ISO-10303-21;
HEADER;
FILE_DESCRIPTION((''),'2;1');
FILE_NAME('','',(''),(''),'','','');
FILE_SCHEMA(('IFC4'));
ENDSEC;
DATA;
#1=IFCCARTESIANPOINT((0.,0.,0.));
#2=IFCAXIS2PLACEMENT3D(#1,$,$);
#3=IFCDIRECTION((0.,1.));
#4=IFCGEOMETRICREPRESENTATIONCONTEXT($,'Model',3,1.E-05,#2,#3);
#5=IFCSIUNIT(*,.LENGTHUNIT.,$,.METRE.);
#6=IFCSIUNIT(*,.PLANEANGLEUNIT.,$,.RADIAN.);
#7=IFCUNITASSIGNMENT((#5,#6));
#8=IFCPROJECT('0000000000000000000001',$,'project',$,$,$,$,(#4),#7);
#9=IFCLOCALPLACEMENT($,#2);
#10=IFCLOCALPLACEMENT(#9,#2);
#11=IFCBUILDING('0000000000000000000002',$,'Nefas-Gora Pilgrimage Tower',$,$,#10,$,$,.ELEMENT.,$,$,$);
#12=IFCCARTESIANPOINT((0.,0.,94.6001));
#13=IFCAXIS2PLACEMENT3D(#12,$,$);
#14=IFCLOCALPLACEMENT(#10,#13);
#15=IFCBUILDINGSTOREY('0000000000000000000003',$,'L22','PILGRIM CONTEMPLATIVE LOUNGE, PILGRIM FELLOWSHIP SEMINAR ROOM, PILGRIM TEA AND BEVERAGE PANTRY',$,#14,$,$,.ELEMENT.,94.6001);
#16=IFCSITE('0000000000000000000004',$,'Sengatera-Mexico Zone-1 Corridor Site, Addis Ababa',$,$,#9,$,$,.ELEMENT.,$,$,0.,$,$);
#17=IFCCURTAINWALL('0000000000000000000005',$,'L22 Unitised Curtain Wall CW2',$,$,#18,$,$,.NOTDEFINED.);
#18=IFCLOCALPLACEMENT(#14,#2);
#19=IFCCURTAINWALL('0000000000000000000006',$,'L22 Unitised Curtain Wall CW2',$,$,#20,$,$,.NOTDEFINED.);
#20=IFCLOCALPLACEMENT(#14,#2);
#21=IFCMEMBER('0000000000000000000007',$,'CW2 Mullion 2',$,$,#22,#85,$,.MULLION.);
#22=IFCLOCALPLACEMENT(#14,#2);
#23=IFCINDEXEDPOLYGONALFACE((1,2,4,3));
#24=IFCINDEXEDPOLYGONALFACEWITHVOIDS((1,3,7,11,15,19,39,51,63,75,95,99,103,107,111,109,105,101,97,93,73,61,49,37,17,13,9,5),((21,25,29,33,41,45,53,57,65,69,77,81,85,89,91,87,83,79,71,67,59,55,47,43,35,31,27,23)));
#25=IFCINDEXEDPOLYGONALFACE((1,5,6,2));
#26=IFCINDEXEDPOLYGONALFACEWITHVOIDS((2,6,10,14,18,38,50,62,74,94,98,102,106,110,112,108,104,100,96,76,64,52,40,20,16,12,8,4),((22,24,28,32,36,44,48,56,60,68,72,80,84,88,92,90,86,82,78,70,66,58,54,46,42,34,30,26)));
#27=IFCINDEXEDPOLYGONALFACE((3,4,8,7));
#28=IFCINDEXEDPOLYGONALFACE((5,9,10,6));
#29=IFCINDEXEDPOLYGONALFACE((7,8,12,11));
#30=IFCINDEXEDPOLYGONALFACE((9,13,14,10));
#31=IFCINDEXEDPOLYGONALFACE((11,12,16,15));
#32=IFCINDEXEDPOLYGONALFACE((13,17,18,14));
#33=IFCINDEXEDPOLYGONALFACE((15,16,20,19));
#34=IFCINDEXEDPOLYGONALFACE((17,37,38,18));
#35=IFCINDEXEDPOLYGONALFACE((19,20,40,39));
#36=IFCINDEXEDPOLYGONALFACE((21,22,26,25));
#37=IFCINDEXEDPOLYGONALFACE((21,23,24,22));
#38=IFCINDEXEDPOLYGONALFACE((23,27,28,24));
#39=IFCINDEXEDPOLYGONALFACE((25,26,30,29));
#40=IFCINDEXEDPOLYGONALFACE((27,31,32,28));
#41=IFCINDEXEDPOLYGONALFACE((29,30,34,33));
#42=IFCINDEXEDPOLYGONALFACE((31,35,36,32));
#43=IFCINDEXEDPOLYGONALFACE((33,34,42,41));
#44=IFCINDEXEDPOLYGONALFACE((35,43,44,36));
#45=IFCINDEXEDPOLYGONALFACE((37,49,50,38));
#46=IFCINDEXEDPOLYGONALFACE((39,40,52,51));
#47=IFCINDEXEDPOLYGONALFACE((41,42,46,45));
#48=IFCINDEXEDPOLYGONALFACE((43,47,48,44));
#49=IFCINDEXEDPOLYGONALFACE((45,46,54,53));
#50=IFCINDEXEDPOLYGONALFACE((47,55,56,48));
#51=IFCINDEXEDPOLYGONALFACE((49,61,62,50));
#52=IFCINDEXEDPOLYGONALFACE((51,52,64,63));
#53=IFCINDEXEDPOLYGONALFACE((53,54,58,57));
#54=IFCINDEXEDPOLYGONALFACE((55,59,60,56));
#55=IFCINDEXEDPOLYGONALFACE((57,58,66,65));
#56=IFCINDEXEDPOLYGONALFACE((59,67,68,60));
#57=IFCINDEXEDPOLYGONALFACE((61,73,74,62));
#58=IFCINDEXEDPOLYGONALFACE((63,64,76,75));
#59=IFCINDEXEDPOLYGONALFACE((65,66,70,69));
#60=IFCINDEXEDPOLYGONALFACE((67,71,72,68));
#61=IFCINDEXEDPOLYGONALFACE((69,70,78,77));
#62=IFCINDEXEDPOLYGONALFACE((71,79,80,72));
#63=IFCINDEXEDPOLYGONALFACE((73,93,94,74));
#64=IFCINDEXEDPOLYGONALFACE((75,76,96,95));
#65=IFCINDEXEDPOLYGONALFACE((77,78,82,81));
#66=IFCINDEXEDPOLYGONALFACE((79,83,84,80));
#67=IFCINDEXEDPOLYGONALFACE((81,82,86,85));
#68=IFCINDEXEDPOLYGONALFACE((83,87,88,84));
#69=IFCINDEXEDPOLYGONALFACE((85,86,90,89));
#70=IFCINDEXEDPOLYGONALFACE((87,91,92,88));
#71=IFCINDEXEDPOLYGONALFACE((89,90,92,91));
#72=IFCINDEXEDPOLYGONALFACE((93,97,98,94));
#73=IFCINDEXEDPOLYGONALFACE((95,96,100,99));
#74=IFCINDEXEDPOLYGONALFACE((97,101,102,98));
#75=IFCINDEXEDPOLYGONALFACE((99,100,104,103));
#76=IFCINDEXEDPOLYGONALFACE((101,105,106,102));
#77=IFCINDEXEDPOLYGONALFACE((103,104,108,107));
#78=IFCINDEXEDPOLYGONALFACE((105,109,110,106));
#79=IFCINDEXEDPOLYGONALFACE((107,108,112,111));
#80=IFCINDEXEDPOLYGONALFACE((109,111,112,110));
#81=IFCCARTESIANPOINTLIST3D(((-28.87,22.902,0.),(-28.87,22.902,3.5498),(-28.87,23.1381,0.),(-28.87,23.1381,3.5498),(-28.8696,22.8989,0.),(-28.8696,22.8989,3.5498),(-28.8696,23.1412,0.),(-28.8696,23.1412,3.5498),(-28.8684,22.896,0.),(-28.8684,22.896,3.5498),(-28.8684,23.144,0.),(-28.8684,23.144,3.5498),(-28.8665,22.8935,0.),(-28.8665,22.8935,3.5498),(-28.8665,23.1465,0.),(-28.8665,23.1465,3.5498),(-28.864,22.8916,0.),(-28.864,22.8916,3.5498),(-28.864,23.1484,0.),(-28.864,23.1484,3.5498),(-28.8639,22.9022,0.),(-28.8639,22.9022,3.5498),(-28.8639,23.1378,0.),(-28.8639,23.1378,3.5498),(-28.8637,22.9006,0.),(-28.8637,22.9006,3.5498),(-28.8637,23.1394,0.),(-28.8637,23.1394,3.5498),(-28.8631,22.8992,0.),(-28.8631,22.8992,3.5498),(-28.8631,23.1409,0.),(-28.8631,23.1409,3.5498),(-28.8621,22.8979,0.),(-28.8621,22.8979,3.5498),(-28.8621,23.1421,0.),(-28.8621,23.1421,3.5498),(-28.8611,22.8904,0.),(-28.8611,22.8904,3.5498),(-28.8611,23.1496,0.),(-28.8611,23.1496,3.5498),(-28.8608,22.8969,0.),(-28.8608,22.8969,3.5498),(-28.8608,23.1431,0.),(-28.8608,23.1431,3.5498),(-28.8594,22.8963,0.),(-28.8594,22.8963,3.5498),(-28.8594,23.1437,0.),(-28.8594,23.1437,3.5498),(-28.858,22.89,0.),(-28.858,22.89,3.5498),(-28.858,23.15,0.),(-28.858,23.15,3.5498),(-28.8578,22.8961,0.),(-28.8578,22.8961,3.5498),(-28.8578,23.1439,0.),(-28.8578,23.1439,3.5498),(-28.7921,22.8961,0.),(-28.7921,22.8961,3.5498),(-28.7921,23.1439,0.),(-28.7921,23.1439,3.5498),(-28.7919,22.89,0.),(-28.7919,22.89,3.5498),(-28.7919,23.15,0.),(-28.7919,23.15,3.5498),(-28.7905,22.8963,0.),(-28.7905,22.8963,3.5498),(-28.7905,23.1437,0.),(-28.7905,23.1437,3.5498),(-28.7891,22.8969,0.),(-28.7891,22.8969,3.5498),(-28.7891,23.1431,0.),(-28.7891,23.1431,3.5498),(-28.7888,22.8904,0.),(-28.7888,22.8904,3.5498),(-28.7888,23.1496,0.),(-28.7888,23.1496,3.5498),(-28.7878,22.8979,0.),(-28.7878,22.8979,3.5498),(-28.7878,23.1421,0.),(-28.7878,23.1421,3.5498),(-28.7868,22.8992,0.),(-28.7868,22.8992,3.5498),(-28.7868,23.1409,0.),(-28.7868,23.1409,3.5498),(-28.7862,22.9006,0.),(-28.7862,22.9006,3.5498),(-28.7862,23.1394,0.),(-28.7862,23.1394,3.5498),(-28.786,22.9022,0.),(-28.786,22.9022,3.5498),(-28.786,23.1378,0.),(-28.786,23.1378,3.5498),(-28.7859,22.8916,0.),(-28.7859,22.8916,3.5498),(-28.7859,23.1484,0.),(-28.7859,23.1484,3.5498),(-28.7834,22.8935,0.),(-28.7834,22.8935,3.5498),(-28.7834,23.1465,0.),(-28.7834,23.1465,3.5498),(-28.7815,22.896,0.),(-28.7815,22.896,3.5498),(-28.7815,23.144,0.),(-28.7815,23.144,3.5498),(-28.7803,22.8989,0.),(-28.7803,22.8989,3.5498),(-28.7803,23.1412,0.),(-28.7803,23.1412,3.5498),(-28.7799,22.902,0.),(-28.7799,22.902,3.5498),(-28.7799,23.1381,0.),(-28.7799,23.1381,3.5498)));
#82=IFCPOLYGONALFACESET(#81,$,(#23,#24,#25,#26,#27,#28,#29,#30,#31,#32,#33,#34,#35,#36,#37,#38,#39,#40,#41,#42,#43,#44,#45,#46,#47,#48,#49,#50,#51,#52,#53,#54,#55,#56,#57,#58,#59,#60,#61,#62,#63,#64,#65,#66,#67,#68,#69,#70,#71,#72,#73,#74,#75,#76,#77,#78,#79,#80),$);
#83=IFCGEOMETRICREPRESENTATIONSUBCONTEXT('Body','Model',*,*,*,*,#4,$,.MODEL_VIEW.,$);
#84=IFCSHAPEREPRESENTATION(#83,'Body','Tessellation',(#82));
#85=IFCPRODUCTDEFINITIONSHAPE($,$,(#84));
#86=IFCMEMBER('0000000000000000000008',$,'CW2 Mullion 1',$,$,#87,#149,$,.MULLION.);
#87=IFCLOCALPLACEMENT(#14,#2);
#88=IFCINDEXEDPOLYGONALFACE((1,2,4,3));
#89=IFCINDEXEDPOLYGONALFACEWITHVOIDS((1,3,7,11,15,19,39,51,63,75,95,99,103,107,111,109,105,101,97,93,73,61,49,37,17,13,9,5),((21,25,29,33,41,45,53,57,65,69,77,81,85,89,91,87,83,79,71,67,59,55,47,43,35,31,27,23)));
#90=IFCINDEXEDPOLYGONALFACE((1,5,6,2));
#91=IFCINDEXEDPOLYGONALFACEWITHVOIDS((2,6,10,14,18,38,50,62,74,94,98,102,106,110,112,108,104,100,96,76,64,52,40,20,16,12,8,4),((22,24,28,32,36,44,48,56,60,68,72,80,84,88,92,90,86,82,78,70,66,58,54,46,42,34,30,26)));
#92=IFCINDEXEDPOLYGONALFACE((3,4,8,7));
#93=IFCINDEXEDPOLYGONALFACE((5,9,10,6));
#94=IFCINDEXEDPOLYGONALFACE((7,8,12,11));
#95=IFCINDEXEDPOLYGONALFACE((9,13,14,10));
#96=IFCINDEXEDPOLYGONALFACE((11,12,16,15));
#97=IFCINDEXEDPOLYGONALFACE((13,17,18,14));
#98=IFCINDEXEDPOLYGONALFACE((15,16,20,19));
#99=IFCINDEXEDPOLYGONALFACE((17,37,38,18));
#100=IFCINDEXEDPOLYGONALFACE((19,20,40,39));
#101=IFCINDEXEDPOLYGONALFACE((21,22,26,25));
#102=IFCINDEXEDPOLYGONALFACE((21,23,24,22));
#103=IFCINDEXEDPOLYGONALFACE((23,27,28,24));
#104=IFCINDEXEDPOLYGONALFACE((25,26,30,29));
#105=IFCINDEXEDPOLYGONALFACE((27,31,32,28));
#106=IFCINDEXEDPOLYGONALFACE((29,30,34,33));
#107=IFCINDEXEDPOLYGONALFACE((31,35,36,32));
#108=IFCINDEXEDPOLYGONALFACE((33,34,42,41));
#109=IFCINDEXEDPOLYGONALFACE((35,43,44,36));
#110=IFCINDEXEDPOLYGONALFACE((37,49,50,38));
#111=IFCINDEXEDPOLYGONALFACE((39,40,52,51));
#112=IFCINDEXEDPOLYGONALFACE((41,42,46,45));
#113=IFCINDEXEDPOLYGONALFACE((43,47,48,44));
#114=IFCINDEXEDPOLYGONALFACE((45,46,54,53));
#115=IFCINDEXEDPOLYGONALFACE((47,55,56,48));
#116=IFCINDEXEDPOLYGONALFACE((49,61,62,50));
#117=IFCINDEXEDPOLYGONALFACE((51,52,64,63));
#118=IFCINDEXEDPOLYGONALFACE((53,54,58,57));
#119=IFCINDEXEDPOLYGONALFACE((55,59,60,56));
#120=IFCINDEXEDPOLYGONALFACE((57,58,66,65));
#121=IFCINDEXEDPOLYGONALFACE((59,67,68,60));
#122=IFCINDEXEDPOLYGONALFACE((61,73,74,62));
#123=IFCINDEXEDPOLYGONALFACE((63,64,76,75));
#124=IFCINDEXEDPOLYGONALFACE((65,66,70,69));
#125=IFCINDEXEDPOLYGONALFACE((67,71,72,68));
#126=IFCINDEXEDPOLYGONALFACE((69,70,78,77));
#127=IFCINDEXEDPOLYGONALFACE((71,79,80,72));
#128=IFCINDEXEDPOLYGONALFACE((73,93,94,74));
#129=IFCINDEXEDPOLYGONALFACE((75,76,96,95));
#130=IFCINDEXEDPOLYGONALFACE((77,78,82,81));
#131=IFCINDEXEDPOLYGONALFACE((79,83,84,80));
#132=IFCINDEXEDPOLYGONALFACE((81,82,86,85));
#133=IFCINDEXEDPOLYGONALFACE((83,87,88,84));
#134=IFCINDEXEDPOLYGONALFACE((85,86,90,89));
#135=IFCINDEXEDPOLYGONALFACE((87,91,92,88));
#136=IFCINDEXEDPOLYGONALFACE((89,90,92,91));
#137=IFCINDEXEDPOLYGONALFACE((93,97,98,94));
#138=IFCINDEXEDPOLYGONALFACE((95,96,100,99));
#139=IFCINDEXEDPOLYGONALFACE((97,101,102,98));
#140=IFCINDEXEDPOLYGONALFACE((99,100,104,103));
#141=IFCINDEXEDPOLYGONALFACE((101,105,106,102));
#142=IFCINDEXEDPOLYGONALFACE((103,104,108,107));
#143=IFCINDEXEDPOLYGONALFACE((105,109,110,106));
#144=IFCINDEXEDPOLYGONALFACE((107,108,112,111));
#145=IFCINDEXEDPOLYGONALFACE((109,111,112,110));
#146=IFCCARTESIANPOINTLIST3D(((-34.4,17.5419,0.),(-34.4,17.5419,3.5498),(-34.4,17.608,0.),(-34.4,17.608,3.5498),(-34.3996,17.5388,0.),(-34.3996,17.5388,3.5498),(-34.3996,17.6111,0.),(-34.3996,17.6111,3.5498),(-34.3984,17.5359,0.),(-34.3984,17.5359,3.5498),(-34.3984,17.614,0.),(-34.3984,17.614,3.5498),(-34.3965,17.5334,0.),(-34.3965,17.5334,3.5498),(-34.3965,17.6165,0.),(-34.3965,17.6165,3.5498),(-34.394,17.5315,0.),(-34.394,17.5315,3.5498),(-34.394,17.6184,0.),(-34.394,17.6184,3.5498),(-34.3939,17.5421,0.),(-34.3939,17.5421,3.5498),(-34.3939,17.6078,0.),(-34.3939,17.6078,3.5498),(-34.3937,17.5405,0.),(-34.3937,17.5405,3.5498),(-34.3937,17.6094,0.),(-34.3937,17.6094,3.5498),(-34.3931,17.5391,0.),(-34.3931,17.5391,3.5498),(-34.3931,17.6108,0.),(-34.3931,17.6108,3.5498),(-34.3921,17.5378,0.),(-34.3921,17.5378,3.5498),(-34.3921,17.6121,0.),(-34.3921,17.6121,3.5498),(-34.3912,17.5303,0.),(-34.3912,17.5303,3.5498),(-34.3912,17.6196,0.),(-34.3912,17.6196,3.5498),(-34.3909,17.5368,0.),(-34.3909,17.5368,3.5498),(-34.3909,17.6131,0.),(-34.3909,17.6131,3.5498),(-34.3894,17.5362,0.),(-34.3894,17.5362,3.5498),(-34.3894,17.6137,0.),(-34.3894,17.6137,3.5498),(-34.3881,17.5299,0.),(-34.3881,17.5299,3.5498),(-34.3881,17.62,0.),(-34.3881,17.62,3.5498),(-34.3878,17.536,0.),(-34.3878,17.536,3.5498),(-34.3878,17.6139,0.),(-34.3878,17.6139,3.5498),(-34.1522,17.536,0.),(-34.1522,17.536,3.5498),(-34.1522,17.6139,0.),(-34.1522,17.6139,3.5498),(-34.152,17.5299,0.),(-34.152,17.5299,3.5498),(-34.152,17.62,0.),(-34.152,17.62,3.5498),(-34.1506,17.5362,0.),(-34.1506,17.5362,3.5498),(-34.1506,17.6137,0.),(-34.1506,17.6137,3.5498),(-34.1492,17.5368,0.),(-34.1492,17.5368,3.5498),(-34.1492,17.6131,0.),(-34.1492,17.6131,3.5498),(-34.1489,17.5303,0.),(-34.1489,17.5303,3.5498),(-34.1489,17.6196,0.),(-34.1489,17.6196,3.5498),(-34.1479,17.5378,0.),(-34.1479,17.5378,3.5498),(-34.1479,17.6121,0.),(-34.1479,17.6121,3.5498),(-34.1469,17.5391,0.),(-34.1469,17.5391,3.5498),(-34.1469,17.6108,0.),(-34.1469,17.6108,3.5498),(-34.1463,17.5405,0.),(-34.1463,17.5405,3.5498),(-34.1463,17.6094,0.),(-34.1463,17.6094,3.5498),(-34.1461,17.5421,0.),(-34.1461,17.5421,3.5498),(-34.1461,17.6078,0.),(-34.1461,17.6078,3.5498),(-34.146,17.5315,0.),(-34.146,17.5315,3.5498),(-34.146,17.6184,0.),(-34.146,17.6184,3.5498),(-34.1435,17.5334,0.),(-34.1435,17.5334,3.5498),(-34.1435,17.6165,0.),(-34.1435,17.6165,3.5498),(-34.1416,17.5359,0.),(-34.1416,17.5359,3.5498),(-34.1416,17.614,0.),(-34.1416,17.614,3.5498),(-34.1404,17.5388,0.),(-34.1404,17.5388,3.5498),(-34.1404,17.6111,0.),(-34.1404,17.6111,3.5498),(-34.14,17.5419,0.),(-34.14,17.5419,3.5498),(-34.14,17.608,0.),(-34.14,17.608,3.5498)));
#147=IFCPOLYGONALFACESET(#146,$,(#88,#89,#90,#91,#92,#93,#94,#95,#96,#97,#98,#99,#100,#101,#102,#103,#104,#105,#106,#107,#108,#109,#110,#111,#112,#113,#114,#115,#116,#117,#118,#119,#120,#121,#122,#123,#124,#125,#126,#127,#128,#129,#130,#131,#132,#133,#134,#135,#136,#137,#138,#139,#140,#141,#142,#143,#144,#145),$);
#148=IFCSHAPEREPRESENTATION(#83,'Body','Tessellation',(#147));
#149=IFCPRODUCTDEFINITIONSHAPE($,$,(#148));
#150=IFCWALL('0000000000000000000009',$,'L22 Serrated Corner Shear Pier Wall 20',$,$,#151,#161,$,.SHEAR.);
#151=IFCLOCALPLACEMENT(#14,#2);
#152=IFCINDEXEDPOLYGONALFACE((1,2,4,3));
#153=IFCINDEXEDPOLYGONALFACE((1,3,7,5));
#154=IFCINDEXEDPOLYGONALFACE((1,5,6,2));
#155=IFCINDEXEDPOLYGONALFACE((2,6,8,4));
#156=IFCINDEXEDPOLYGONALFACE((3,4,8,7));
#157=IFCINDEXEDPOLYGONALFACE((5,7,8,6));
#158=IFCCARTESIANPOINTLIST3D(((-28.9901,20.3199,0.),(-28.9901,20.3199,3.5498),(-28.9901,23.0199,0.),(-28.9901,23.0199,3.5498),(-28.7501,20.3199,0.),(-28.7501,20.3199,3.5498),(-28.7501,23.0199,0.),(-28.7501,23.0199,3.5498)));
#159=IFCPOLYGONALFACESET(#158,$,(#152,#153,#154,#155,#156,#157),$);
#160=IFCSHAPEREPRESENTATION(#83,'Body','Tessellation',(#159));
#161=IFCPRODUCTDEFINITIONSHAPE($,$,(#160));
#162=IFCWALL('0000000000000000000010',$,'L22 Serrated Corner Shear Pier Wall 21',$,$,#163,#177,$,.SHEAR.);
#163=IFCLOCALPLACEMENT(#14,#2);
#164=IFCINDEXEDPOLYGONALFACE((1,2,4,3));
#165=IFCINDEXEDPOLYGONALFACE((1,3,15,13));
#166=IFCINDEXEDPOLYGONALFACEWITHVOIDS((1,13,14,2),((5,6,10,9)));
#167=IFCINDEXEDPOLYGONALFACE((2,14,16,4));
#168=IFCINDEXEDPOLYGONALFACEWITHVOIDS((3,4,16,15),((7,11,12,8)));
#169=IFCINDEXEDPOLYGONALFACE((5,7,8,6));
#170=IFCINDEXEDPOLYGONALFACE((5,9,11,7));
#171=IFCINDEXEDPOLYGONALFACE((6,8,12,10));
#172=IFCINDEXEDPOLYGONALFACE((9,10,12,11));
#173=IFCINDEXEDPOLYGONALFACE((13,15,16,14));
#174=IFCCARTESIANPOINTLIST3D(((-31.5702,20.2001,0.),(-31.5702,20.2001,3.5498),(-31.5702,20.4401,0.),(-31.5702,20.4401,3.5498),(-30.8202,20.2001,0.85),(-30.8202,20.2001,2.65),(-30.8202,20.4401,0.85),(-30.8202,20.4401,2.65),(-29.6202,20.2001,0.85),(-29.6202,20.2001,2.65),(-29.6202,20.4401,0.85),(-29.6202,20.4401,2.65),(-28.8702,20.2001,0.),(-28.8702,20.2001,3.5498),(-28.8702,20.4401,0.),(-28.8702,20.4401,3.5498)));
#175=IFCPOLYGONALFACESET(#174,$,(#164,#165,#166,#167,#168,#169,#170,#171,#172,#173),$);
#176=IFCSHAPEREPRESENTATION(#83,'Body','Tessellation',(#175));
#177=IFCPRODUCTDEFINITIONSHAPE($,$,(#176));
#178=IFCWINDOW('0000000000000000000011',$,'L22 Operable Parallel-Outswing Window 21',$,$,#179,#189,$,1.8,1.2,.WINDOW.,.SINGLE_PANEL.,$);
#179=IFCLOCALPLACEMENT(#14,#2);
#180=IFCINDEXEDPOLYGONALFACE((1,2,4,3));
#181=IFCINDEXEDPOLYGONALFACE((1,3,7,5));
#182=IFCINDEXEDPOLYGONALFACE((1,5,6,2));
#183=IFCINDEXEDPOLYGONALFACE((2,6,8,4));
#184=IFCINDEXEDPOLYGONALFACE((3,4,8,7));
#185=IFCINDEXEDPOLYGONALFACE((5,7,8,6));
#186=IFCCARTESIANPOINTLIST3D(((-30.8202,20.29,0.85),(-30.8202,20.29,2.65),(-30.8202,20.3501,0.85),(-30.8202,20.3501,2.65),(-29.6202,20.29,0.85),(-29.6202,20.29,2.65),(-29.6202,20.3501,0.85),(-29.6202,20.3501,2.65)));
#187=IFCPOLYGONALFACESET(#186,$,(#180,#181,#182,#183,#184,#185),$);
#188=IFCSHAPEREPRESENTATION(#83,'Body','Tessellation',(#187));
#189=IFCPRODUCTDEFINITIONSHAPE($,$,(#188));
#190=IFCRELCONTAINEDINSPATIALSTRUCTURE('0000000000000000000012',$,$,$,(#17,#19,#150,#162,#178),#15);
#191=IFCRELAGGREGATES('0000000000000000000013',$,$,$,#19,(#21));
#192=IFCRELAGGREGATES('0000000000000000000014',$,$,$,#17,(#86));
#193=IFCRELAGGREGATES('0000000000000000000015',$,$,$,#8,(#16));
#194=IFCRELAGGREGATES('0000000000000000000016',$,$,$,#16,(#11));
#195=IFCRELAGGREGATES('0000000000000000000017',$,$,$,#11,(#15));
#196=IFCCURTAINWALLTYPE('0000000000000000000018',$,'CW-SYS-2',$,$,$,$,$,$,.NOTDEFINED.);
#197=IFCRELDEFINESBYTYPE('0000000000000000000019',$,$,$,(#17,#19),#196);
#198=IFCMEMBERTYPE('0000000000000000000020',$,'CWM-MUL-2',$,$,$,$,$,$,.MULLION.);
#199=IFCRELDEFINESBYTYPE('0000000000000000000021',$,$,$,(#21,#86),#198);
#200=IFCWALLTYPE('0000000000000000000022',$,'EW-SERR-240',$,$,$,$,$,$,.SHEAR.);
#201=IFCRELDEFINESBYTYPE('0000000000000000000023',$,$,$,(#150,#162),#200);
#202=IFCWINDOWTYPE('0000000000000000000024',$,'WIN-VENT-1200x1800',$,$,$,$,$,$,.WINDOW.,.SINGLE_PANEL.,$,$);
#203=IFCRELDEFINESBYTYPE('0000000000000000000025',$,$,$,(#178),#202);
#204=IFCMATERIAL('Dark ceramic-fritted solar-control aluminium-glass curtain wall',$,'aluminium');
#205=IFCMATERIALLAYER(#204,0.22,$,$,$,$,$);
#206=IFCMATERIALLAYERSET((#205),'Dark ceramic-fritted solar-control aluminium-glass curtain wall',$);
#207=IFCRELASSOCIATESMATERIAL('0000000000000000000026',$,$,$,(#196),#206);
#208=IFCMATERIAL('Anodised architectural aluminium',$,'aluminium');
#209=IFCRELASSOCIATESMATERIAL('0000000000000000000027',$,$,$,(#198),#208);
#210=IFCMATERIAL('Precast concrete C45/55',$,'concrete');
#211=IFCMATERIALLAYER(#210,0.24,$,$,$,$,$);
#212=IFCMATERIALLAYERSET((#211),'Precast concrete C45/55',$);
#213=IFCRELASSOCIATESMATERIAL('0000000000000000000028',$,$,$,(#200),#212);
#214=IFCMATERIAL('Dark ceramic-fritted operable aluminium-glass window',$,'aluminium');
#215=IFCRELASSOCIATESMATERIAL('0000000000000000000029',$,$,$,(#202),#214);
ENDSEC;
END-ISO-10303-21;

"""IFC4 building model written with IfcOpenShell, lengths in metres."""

from ifc_helpers import new_model, si_unit, direction, frame, frame_2d, origin, origin_2d, place, context, subcontext, project, spatial, rectangle, hollow_rectangle, extrude, source, transform, mapped, material, layer, layer_set, material_profile, profile_set, type_object, element, fill, aggregate, save


model = new_model("IFC4")

# Units and contexts
model_context = context("Model", 3, precision=1e-05, world=origin(), true_north=direction((0.0, 1.0)))
body_context = subcontext(model_context, "Body", "Model", "MODEL_VIEW")
ifc_project = project(units=[si_unit("LENGTHUNIT", "METRE"), si_unit("PLANEANGLEUNIT", "RADIAN")], contexts=[model_context])

# Site, building, storey
site_placement = place(None, origin())
site = spatial("IfcSite", under=ifc_project, at=site_placement, Name="Sengatera-Mexico Zone-1 Corridor Site, Addis Ababa", CompositionType="ELEMENT", RefElevation=0.0)
building_placement = place(site_placement, origin())
building = spatial("IfcBuilding", under=site, at=building_placement, Name="Nefas-Gora Pilgrimage Tower", CompositionType="ELEMENT")
storey_placement = place(building_placement, frame((0.0, 0.0, 94.6001)))
storey = spatial("IfcBuildingStorey", under=building, at=storey_placement, Name="L22", Description="PILGRIM CONTEMPLATIVE LOUNGE, PILGRIM FELLOWSHIP SEMINAR ROOM, PILGRIM TEA AND BEVERAGE PANTRY", CompositionType="ELEMENT", Elevation=94.6001)

# Curtain walls, member
ifc_material_1 = material(Name="Dark ceramic-fritted solar-control aluminium-glass curtain wall", Category="aluminium")
ifc_layer_1 = layer(ifc_material_1, 0.22)
ifc_layer_set_1 = layer_set([ifc_layer_1], Name="Dark ceramic-fritted solar-control aluminium-glass curtain wall")
curtain_wall_type = type_object("IfcCurtainWallType", Name="CW-SYS-2", PredefinedType="NOTDEFINED", material=ifc_layer_set_1)
curtain_wall_1_placement = place(storey_placement, origin())
curtain_wall_1 = element("IfcCurtainWall", 1, at=curtain_wall_1_placement, inside=storey, type_object=curtain_wall_type, Name="L22 Unitised Curtain Wall CW2", PredefinedType="NOTDEFINED")
ifc_material_2 = material(Name="Anodised architectural aluminium", Category="aluminium")
curtain_wall_2_placement = place(storey_placement, origin())
curtain_wall_2 = element("IfcCurtainWall", 2, at=curtain_wall_2_placement, inside=storey, type_object=curtain_wall_type, Name="L22 Unitised Curtain Wall CW2", PredefinedType="NOTDEFINED")
ifc_material_profile_1 = material_profile(ifc_material_2, hollow_rectangle(XDim=0.0901, YDim=0.26, WallThickness=0.0061, InnerFilletRadius=0.0061, OuterFilletRadius=0.012, at=origin_2d()), Name="ALU MULLION 90x260")
ifc_profile_set_1 = profile_set([ifc_material_profile_1], Name="Anodised architectural aluminium")
member_type_1 = type_object("IfcMemberType", Name="CWM-MUL-2", PredefinedType="MULLION", material=ifc_profile_set_1)
shared_shape_1 = source(origin(), body_context, "Body", "SweptSolid", [
    extrude(hollow_rectangle(XDim=0.0901, YDim=0.26, WallThickness=0.0061, InnerFilletRadius=0.0061, OuterFilletRadius=0.012, at=origin_2d()), origin(), (0.0, 0.0, 1.0), 3.5498),
])
member_1_placement = place(storey_placement, frame((-28.825, 23.02, 0.0), z_axis=(0.0, 0.0, 1.0), x_axis=(-1.0, 0.0, 0.0)))
member_1 = element("IfcMember", 3, at=member_1_placement, type_object=member_type_1, Name="CW2 Mullion 2", PredefinedType="MULLION", context=body_context, shape_type="MappedRepresentation", body=[
    mapped(shared_shape_1, transform((0.0, 0.0, 0.0), x_axis=(1.0, 0.0, 0.0), y_axis=(0.0, 1.0, 0.0), z_axis=(0.0, 0.0, 1.0), scale=1.0)),
])
aggregate(curtain_wall_2, [member_1])

# Member
member_2_placement = place(storey_placement, frame((-34.27, 17.575, 0.0), z_axis=(0.0, 0.0, 1.0), x_axis=(0.0, -1.0, 0.0)))
member_2 = element("IfcMember", 4, at=member_2_placement, type_object=member_type_1, Name="CW2 Mullion 1", PredefinedType="MULLION", context=body_context, shape_type="MappedRepresentation", body=[
    mapped(shared_shape_1, transform((0.0, 0.0, 0.0), x_axis=(1.0, 0.0, 0.0), y_axis=(0.0, 1.0, 0.0), z_axis=(0.0, 0.0, 1.0), scale=1.0)),
])
aggregate(curtain_wall_1, [member_2])

# Wall
ifc_material_3 = material(Name="Precast concrete C45/55", Category="concrete")
ifc_layer_2 = layer(ifc_material_3, 0.24)
ifc_layer_set_2 = layer_set([ifc_layer_2], Name="Precast concrete C45/55")
wall_type_1 = type_object("IfcWallType", Name="EW-SERR-240", PredefinedType="SHEAR", material=ifc_layer_set_2)
shared_shape_2 = source(origin(), body_context, "Body", "SweptSolid", [
    extrude(rectangle(XDim=2.7, YDim=0.24, at=frame_2d((1.3501, 0.0))), origin(), (0.0, 0.0, 1.0), 3.5498),
])
wall_1_placement = place(storey_placement, frame((-28.8701, 23.02, 0.0), z_axis=(0.0, 0.0, 1.0), x_axis=(0.0, -1.0, 0.0)))
element("IfcWall", 5, at=wall_1_placement, inside=storey, type_object=wall_type_1, Name="L22 Serrated Corner Shear Pier Wall 20", PredefinedType="SHEAR", context=body_context, shape_type="MappedRepresentation", body=[
    mapped(shared_shape_2, transform((0.0, 0.0, 0.0), x_axis=(1.0, 0.0, 0.0), y_axis=(0.0, 1.0, 0.0), z_axis=(0.0, 0.0, 1.0), scale=1.0)),
])

# Wall, opening, window
wall_2_placement = place(storey_placement, frame((-28.8701, 20.3201, 0.0), z_axis=(0.0, 0.0, 1.0), x_axis=(-1.0, 0.0, 0.0)))
wall_2 = element("IfcWall", 6, at=wall_2_placement, inside=storey, type_object=wall_type_1, Name="L22 Serrated Corner Shear Pier Wall 21", PredefinedType="SHEAR", context=body_context, shape_type="MappedRepresentation", body=[
    mapped(shared_shape_2, transform((0.0, 0.0, 0.0), x_axis=(1.0, 0.0, 0.0), y_axis=(0.0, 1.0, 0.0), z_axis=(0.0, 0.0, 1.0), scale=1.0)),
])
opening_placement = place(wall_2_placement, frame((0.75, 0.0, 0.8501)))
opening = element("IfcOpeningElement", 7, at=opening_placement, cuts=wall_2, PredefinedType="OPENING", context=body_context, shape_type="SweptSolid", body=[
    extrude(rectangle(XDim=1.2, YDim=1.8, at=frame_2d((0.6001, 0.8999))), frame((0.0, 0.1299, 0.0), z_axis=(0.0, -1.0, 0.0), x_axis=(1.0, 0.0, 0.0)), (0.0, 0.0, 1.0), 0.26),
])
ifc_material_4 = material(Name="Dark ceramic-fritted operable aluminium-glass window", Category="aluminium")
window_type = type_object("IfcWindowType", Name="WIN-VENT-1200x1800", PartitioningType="SINGLE_PANEL", PredefinedType="WINDOW", material=ifc_material_4)
shared_shape_3 = source(origin(), body_context, "Body", "SweptSolid", [
    extrude(rectangle(XDim=1.2, YDim=1.8, at=frame_2d((0.6001, 0.8999))), frame((0.0, 0.03, 0.0), z_axis=(0.0, -1.0, 0.0), x_axis=(1.0, 0.0, 0.0)), (0.0, 0.0, 1.0), 0.0601),
])
window_placement = place(opening_placement, origin())
window = element("IfcWindow", 8, at=window_placement, inside=storey, type_object=window_type, Name="L22 Operable Parallel-Outswing Window 21", OverallHeight=1.8, OverallWidth=1.2, PartitioningType="SINGLE_PANEL", PredefinedType="WINDOW", context=body_context, shape_type="MappedRepresentation", body=[
    mapped(shared_shape_3, transform((0.0, 0.0, 0.0), x_axis=(1.0, 0.0, 0.0), y_axis=(0.0, 1.0, 0.0), z_axis=(0.0, 0.0, 1.0), scale=1.0)),
])
fill(opening, window)

save(model, "model.ifc")
